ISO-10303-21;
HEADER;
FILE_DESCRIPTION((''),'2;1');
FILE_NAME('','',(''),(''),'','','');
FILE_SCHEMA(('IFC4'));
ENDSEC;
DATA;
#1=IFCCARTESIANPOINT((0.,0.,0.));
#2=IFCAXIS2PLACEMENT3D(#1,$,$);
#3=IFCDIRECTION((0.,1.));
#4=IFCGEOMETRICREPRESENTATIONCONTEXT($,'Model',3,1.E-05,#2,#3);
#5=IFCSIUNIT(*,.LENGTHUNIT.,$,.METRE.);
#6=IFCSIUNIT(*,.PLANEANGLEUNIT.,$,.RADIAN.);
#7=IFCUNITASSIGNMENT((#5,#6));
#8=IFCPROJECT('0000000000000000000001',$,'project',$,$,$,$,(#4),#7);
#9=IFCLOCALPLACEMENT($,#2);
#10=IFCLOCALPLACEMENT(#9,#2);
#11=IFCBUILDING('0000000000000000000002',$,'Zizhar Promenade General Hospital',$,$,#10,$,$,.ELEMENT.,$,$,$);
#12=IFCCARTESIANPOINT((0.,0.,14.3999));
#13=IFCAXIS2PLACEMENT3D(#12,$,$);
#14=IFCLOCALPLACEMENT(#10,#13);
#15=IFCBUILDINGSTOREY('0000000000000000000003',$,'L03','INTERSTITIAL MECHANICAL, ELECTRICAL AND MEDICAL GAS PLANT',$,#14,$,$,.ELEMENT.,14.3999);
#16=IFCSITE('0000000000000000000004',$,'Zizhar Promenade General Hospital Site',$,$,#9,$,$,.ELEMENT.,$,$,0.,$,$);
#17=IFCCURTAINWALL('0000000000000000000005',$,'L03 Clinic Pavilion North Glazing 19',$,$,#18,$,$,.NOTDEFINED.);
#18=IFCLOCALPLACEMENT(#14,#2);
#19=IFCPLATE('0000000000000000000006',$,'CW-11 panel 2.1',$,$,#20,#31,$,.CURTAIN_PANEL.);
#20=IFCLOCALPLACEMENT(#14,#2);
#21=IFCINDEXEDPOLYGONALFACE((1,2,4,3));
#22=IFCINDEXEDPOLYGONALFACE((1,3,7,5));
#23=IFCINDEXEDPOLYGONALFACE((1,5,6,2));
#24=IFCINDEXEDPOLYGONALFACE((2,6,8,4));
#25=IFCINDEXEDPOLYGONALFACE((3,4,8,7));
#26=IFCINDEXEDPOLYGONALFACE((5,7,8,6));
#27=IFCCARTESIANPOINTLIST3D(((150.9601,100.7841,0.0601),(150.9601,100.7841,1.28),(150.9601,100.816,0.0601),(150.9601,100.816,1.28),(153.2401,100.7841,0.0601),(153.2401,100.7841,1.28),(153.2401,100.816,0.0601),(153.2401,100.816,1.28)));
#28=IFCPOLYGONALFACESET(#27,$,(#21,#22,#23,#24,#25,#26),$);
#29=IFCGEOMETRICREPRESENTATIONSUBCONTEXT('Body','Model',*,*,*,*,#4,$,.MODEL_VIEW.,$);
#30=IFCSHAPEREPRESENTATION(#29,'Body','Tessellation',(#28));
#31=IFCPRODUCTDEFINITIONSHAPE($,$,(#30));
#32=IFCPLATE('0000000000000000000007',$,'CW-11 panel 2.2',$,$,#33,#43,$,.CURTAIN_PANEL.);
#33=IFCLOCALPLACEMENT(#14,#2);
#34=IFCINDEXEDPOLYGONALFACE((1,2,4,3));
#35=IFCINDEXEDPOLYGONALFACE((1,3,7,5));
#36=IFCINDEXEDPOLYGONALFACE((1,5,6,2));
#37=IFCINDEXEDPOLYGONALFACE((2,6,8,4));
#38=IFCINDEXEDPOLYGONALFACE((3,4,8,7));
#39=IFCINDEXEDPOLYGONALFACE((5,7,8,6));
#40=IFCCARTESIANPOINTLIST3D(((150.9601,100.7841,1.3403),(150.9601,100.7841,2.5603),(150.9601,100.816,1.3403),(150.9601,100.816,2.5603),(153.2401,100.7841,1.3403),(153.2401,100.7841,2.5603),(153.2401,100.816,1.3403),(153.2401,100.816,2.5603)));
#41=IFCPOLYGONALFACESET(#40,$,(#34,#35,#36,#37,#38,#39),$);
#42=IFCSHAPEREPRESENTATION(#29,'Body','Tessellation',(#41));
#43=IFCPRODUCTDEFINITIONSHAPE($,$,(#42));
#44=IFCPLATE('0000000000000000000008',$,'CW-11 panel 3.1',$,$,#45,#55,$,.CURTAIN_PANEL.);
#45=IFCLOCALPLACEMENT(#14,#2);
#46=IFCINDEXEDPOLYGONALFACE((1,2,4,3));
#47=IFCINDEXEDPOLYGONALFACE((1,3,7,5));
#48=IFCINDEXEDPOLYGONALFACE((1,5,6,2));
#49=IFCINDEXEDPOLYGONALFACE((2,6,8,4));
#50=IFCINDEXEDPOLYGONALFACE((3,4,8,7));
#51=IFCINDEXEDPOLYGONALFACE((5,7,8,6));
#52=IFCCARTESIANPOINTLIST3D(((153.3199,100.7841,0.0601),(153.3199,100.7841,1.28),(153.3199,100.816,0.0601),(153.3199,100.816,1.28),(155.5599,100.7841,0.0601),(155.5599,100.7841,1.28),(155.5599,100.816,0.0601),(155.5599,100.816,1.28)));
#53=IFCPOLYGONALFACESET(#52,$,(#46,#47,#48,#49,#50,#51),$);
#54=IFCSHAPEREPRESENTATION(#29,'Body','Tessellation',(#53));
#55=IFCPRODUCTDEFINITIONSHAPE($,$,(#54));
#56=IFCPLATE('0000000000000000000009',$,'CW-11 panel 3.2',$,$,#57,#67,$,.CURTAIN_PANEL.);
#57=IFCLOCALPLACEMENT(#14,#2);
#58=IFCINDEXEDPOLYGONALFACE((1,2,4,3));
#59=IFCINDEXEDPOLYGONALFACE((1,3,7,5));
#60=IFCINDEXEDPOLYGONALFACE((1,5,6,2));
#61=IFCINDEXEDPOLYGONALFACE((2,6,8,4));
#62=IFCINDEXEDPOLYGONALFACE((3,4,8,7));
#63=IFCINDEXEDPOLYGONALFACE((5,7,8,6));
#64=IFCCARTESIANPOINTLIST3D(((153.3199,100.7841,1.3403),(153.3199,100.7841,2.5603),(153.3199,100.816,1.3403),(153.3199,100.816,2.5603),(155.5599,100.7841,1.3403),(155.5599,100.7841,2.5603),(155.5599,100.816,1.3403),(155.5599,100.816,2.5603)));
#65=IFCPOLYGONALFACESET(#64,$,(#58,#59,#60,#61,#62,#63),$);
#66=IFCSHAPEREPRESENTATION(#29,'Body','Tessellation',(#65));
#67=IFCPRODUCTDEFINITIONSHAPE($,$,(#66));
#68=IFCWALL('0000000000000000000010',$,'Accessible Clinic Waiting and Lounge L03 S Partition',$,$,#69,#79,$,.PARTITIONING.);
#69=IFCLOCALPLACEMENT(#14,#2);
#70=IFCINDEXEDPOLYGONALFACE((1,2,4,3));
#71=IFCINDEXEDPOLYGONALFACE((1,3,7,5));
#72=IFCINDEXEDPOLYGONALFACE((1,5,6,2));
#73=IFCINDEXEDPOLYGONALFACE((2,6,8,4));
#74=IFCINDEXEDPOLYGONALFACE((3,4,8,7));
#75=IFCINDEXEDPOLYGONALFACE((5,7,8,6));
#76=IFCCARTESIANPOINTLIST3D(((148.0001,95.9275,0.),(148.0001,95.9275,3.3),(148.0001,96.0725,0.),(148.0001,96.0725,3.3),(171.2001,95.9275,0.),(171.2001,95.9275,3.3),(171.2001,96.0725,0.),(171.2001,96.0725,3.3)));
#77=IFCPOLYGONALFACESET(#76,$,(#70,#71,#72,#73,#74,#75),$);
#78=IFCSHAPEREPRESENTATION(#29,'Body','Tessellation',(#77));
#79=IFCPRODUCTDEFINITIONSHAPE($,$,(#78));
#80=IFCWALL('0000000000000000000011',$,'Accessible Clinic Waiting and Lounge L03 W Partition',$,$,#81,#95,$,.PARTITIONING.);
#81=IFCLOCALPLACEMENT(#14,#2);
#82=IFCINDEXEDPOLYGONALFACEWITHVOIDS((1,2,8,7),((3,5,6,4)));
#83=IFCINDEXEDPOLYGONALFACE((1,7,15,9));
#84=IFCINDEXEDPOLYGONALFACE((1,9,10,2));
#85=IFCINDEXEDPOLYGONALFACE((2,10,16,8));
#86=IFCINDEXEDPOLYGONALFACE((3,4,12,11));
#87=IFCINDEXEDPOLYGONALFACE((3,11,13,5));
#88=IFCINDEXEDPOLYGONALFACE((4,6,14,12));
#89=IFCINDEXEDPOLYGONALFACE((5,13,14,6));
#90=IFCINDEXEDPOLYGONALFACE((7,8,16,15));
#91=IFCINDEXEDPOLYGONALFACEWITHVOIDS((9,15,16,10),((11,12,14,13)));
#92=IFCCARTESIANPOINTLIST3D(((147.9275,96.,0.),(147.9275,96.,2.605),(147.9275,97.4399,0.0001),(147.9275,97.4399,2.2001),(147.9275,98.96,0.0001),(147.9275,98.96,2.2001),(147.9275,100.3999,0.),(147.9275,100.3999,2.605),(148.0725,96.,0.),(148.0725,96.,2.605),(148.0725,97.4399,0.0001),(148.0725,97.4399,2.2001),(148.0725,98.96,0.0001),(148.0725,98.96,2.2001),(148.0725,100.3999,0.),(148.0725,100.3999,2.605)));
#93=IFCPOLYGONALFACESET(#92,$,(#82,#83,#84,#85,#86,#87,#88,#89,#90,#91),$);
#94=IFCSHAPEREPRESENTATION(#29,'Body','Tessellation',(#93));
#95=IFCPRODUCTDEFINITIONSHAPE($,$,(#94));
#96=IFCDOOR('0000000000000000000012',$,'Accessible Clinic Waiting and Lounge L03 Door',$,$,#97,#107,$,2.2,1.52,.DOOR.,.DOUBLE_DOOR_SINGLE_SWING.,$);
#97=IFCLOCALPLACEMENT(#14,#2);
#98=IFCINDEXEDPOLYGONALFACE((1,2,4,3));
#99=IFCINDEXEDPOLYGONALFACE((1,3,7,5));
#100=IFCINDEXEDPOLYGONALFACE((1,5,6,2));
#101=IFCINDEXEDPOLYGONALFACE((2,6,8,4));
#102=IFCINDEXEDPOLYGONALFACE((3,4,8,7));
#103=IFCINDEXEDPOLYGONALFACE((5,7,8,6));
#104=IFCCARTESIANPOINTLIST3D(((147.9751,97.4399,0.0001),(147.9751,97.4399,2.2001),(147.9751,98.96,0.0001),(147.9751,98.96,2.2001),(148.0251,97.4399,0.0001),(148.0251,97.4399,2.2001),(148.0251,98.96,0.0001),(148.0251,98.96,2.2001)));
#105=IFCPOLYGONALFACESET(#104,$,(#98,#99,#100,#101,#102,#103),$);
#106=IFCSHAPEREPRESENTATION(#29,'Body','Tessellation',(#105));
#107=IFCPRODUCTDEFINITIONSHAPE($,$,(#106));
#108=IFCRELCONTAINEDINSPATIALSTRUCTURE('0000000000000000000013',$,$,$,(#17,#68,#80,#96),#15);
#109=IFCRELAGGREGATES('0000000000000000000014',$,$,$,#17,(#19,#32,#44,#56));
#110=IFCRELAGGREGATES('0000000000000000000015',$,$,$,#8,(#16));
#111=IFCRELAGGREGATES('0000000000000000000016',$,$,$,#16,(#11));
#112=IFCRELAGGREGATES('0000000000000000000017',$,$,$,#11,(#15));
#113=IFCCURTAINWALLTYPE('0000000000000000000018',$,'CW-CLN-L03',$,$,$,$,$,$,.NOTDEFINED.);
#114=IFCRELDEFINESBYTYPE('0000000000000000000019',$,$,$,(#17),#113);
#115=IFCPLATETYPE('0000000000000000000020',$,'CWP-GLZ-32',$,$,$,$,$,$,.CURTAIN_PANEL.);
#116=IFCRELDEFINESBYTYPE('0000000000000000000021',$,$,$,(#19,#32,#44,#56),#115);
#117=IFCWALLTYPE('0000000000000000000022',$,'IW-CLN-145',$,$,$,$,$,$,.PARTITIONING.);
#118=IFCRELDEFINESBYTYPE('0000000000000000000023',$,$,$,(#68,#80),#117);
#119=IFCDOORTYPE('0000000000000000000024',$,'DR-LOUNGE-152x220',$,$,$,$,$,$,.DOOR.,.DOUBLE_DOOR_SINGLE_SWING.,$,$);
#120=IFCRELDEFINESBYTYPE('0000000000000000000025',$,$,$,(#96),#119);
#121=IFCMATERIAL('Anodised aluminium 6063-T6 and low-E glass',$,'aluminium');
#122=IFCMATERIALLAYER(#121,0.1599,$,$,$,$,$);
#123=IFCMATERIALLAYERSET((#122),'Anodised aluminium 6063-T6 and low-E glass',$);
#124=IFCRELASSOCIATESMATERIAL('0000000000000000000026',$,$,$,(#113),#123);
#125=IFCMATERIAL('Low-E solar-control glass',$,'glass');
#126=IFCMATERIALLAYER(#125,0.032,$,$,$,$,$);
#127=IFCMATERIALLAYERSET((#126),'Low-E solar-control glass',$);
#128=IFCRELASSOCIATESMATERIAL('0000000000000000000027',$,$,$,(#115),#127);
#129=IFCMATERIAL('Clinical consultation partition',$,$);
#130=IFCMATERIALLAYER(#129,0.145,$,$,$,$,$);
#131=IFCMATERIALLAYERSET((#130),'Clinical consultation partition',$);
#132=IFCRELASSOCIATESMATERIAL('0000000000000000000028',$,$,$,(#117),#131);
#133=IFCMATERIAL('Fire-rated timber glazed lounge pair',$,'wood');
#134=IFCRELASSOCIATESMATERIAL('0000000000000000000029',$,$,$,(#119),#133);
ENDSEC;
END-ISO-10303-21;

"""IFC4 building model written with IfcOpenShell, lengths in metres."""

from ifc_helpers import new_model, si_unit, direction, frame, frame_2d, origin, origin_2d, place, context, subcontext, project, spatial, rectangle, extrude, material, layer, layer_set, type_object, element, fill, aggregate, save


model = new_model("IFC4")

# Units and contexts
model_context = context("Model", 3, precision=1e-05, world=origin(), true_north=direction((0.0, 1.0)))
body_context = subcontext(model_context, "Body", "Model", "MODEL_VIEW")
ifc_project = project(units=[si_unit("LENGTHUNIT", "METRE"), si_unit("PLANEANGLEUNIT", "RADIAN")], contexts=[model_context])

# Site, building, storey
site_placement = place(None, origin())
site = spatial("IfcSite", under=ifc_project, at=site_placement, Name="Zizhar Promenade General Hospital Site", CompositionType="ELEMENT", RefElevation=0.0)
building_placement = place(site_placement, origin())
building = spatial("IfcBuilding", under=site, at=building_placement, Name="Zizhar Promenade General Hospital", CompositionType="ELEMENT")
storey_placement = place(building_placement, frame((0.0, 0.0, 14.3999)))
storey = spatial("IfcBuildingStorey", under=building, at=storey_placement, Name="L03", Description="INTERSTITIAL MECHANICAL, ELECTRICAL AND MEDICAL GAS PLANT", CompositionType="ELEMENT", Elevation=14.3999)

# Shared definitions
ifc_material_1 = material(Name="Anodised aluminium 6063-T6 and low-E glass", Category="aluminium")
ifc_layer_1 = layer(ifc_material_1, 0.1599)
ifc_layer_set_1 = layer_set([ifc_layer_1], Name="Anodised aluminium 6063-T6 and low-E glass")
curtain_wall_type = type_object("IfcCurtainWallType", Name="CW-CLN-L03", PredefinedType="NOTDEFINED", material=ifc_layer_set_1)

# Curtain wall
curtain_wall_1_placement = place(storey_placement, origin())
curtain_wall_1 = element("IfcCurtainWall", 1, at=curtain_wall_1_placement, inside=storey, type_object=curtain_wall_type, Name="L03 Clinic Pavilion North Glazing 19", PredefinedType="NOTDEFINED")

# Plates
ifc_material_2 = material(Name="Low-E solar-control glass", Category="glass")
ifc_layer_2 = layer(ifc_material_2, 0.032)
ifc_layer_set_2 = layer_set([ifc_layer_2], Name="Low-E solar-control glass")
plate_type = type_object("IfcPlateType", Name="CWP-GLZ-32", PredefinedType="CURTAIN_PANEL", material=ifc_layer_set_2)
plate_1_placement = place(storey_placement, frame((152.1001, 100.8, 0.0601), z_axis=(0.0, 0.0, 1.0), x_axis=(1.0, 0.0, 0.0)))
plate_1 = element("IfcPlate", 2, at=plate_1_placement, type_object=plate_type, Name="CW-11 panel 2.1", PredefinedType="CURTAIN_PANEL", context=body_context, shape_type="SweptSolid", body=[
    extrude(rectangle(XDim=2.28, YDim=0.032, at=origin_2d()), origin(), (0.0, 0.0, 1.0), 1.22),
])
plate_2_placement = place(storey_placement, frame((152.1001, 100.8, 1.3403), z_axis=(0.0, 0.0, 1.0), x_axis=(1.0, 0.0, 0.0)))
plate_2 = element("IfcPlate", 3, at=plate_2_placement, type_object=plate_type, Name="CW-11 panel 2.2", PredefinedType="CURTAIN_PANEL", context=body_context, shape_type="SweptSolid", body=[
    extrude(rectangle(XDim=2.28, YDim=0.032, at=origin_2d()), origin(), (0.0, 0.0, 1.0), 1.22),
])
plate_3_placement = place(storey_placement, frame((154.4399, 100.8, 0.0601), z_axis=(0.0, 0.0, 1.0), x_axis=(1.0, 0.0, 0.0)))
plate_3 = element("IfcPlate", 4, at=plate_3_placement, type_object=plate_type, Name="CW-11 panel 3.1", PredefinedType="CURTAIN_PANEL", context=body_context, shape_type="SweptSolid", body=[
    extrude(rectangle(XDim=2.24, YDim=0.032, at=origin_2d()), origin(), (0.0, 0.0, 1.0), 1.22),
])
plate_4_placement = place(storey_placement, frame((154.4399, 100.8, 1.3403), z_axis=(0.0, 0.0, 1.0), x_axis=(1.0, 0.0, 0.0)))
plate_4 = element("IfcPlate", 5, at=plate_4_placement, type_object=plate_type, Name="CW-11 panel 3.2", PredefinedType="CURTAIN_PANEL", context=body_context, shape_type="SweptSolid", body=[
    extrude(rectangle(XDim=2.24, YDim=0.032, at=origin_2d()), origin(), (0.0, 0.0, 1.0), 1.22),
])
aggregate(curtain_wall_1, [plate_1, plate_2, plate_3, plate_4])

# Wall
ifc_material_3 = material(Name="Clinical consultation partition")
ifc_layer_3 = layer(ifc_material_3, 0.145)
ifc_layer_set_3 = layer_set([ifc_layer_3], Name="Clinical consultation partition")
wall_type = type_object("IfcWallType", Name="IW-CLN-145", PredefinedType="PARTITIONING", material=ifc_layer_set_3)
wall_1_placement = place(storey_placement, frame((148.0, 96.0, 0.0), z_axis=(0.0, 0.0, 1.0), x_axis=(1.0, 0.0, 0.0)))
element("IfcWall", 6, at=wall_1_placement, inside=storey, type_object=wall_type, Name="Accessible Clinic Waiting and Lounge L03 S Partition", PredefinedType="PARTITIONING", context=body_context, shape_type="SweptSolid", body=[
    extrude(rectangle(XDim=23.2, YDim=0.145, at=frame_2d((11.6001, 0.0))), origin(), (0.0, 0.0, 1.0), 3.3),
])

# Wall, opening, door
wall_2_placement = place(storey_placement, frame((148.0, 96.0, 0.0), z_axis=(0.0, 0.0, 1.0), x_axis=(0.0, 1.0, 0.0)))
wall_2 = element("IfcWall", 7, at=wall_2_placement, inside=storey, type_object=wall_type, Name="Accessible Clinic Waiting and Lounge L03 W Partition", PredefinedType="PARTITIONING", context=body_context, shape_type="SweptSolid", body=[
    extrude(rectangle(XDim=4.3999, YDim=0.145, at=frame_2d((2.2, 0.0))), origin(), (0.0, 0.0, 1.0), 2.605),
])
opening_placement = place(wall_2_placement, frame((1.4399, 0.0, 0.0)))
opening = element("IfcOpeningElement", 8, at=opening_placement, cuts=wall_2, PredefinedType="OPENING", context=body_context, shape_type="SweptSolid", body=[
    extrude(rectangle(XDim=1.52, YDim=2.2, at=frame_2d((0.76, 1.1001))), frame((0.0, 0.0825, 0.0), z_axis=(0.0, -1.0, 0.0), x_axis=(1.0, 0.0, 0.0)), (0.0, 0.0, 1.0), 0.165),
])
ifc_material_4 = material(Name="Fire-rated timber glazed lounge pair", Category="wood")
door_type = type_object("IfcDoorType", Name="DR-LOUNGE-152x220", OperationType="DOUBLE_DOOR_SINGLE_SWING", PredefinedType="DOOR", material=ifc_material_4)
door_placement = place(opening_placement, origin())
door = element("IfcDoor", 9, at=door_placement, inside=storey, type_object=door_type, Name="Accessible Clinic Waiting and Lounge L03 Door", OperationType="DOUBLE_DOOR_SINGLE_SWING", OverallHeight=2.2, OverallWidth=1.52, PredefinedType="DOOR", context=body_context, shape_type="SweptSolid", body=[
    extrude(rectangle(XDim=1.52, YDim=2.2, at=frame_2d((0.76, 1.1001))), frame((0.0, 0.0249, 0.0), z_axis=(0.0, -1.0, 0.0), x_axis=(1.0, 0.0, 0.0)), (0.0, 0.0, 1.0), 0.05),
])
fill(opening, door)

save(model, "model.ifc")
